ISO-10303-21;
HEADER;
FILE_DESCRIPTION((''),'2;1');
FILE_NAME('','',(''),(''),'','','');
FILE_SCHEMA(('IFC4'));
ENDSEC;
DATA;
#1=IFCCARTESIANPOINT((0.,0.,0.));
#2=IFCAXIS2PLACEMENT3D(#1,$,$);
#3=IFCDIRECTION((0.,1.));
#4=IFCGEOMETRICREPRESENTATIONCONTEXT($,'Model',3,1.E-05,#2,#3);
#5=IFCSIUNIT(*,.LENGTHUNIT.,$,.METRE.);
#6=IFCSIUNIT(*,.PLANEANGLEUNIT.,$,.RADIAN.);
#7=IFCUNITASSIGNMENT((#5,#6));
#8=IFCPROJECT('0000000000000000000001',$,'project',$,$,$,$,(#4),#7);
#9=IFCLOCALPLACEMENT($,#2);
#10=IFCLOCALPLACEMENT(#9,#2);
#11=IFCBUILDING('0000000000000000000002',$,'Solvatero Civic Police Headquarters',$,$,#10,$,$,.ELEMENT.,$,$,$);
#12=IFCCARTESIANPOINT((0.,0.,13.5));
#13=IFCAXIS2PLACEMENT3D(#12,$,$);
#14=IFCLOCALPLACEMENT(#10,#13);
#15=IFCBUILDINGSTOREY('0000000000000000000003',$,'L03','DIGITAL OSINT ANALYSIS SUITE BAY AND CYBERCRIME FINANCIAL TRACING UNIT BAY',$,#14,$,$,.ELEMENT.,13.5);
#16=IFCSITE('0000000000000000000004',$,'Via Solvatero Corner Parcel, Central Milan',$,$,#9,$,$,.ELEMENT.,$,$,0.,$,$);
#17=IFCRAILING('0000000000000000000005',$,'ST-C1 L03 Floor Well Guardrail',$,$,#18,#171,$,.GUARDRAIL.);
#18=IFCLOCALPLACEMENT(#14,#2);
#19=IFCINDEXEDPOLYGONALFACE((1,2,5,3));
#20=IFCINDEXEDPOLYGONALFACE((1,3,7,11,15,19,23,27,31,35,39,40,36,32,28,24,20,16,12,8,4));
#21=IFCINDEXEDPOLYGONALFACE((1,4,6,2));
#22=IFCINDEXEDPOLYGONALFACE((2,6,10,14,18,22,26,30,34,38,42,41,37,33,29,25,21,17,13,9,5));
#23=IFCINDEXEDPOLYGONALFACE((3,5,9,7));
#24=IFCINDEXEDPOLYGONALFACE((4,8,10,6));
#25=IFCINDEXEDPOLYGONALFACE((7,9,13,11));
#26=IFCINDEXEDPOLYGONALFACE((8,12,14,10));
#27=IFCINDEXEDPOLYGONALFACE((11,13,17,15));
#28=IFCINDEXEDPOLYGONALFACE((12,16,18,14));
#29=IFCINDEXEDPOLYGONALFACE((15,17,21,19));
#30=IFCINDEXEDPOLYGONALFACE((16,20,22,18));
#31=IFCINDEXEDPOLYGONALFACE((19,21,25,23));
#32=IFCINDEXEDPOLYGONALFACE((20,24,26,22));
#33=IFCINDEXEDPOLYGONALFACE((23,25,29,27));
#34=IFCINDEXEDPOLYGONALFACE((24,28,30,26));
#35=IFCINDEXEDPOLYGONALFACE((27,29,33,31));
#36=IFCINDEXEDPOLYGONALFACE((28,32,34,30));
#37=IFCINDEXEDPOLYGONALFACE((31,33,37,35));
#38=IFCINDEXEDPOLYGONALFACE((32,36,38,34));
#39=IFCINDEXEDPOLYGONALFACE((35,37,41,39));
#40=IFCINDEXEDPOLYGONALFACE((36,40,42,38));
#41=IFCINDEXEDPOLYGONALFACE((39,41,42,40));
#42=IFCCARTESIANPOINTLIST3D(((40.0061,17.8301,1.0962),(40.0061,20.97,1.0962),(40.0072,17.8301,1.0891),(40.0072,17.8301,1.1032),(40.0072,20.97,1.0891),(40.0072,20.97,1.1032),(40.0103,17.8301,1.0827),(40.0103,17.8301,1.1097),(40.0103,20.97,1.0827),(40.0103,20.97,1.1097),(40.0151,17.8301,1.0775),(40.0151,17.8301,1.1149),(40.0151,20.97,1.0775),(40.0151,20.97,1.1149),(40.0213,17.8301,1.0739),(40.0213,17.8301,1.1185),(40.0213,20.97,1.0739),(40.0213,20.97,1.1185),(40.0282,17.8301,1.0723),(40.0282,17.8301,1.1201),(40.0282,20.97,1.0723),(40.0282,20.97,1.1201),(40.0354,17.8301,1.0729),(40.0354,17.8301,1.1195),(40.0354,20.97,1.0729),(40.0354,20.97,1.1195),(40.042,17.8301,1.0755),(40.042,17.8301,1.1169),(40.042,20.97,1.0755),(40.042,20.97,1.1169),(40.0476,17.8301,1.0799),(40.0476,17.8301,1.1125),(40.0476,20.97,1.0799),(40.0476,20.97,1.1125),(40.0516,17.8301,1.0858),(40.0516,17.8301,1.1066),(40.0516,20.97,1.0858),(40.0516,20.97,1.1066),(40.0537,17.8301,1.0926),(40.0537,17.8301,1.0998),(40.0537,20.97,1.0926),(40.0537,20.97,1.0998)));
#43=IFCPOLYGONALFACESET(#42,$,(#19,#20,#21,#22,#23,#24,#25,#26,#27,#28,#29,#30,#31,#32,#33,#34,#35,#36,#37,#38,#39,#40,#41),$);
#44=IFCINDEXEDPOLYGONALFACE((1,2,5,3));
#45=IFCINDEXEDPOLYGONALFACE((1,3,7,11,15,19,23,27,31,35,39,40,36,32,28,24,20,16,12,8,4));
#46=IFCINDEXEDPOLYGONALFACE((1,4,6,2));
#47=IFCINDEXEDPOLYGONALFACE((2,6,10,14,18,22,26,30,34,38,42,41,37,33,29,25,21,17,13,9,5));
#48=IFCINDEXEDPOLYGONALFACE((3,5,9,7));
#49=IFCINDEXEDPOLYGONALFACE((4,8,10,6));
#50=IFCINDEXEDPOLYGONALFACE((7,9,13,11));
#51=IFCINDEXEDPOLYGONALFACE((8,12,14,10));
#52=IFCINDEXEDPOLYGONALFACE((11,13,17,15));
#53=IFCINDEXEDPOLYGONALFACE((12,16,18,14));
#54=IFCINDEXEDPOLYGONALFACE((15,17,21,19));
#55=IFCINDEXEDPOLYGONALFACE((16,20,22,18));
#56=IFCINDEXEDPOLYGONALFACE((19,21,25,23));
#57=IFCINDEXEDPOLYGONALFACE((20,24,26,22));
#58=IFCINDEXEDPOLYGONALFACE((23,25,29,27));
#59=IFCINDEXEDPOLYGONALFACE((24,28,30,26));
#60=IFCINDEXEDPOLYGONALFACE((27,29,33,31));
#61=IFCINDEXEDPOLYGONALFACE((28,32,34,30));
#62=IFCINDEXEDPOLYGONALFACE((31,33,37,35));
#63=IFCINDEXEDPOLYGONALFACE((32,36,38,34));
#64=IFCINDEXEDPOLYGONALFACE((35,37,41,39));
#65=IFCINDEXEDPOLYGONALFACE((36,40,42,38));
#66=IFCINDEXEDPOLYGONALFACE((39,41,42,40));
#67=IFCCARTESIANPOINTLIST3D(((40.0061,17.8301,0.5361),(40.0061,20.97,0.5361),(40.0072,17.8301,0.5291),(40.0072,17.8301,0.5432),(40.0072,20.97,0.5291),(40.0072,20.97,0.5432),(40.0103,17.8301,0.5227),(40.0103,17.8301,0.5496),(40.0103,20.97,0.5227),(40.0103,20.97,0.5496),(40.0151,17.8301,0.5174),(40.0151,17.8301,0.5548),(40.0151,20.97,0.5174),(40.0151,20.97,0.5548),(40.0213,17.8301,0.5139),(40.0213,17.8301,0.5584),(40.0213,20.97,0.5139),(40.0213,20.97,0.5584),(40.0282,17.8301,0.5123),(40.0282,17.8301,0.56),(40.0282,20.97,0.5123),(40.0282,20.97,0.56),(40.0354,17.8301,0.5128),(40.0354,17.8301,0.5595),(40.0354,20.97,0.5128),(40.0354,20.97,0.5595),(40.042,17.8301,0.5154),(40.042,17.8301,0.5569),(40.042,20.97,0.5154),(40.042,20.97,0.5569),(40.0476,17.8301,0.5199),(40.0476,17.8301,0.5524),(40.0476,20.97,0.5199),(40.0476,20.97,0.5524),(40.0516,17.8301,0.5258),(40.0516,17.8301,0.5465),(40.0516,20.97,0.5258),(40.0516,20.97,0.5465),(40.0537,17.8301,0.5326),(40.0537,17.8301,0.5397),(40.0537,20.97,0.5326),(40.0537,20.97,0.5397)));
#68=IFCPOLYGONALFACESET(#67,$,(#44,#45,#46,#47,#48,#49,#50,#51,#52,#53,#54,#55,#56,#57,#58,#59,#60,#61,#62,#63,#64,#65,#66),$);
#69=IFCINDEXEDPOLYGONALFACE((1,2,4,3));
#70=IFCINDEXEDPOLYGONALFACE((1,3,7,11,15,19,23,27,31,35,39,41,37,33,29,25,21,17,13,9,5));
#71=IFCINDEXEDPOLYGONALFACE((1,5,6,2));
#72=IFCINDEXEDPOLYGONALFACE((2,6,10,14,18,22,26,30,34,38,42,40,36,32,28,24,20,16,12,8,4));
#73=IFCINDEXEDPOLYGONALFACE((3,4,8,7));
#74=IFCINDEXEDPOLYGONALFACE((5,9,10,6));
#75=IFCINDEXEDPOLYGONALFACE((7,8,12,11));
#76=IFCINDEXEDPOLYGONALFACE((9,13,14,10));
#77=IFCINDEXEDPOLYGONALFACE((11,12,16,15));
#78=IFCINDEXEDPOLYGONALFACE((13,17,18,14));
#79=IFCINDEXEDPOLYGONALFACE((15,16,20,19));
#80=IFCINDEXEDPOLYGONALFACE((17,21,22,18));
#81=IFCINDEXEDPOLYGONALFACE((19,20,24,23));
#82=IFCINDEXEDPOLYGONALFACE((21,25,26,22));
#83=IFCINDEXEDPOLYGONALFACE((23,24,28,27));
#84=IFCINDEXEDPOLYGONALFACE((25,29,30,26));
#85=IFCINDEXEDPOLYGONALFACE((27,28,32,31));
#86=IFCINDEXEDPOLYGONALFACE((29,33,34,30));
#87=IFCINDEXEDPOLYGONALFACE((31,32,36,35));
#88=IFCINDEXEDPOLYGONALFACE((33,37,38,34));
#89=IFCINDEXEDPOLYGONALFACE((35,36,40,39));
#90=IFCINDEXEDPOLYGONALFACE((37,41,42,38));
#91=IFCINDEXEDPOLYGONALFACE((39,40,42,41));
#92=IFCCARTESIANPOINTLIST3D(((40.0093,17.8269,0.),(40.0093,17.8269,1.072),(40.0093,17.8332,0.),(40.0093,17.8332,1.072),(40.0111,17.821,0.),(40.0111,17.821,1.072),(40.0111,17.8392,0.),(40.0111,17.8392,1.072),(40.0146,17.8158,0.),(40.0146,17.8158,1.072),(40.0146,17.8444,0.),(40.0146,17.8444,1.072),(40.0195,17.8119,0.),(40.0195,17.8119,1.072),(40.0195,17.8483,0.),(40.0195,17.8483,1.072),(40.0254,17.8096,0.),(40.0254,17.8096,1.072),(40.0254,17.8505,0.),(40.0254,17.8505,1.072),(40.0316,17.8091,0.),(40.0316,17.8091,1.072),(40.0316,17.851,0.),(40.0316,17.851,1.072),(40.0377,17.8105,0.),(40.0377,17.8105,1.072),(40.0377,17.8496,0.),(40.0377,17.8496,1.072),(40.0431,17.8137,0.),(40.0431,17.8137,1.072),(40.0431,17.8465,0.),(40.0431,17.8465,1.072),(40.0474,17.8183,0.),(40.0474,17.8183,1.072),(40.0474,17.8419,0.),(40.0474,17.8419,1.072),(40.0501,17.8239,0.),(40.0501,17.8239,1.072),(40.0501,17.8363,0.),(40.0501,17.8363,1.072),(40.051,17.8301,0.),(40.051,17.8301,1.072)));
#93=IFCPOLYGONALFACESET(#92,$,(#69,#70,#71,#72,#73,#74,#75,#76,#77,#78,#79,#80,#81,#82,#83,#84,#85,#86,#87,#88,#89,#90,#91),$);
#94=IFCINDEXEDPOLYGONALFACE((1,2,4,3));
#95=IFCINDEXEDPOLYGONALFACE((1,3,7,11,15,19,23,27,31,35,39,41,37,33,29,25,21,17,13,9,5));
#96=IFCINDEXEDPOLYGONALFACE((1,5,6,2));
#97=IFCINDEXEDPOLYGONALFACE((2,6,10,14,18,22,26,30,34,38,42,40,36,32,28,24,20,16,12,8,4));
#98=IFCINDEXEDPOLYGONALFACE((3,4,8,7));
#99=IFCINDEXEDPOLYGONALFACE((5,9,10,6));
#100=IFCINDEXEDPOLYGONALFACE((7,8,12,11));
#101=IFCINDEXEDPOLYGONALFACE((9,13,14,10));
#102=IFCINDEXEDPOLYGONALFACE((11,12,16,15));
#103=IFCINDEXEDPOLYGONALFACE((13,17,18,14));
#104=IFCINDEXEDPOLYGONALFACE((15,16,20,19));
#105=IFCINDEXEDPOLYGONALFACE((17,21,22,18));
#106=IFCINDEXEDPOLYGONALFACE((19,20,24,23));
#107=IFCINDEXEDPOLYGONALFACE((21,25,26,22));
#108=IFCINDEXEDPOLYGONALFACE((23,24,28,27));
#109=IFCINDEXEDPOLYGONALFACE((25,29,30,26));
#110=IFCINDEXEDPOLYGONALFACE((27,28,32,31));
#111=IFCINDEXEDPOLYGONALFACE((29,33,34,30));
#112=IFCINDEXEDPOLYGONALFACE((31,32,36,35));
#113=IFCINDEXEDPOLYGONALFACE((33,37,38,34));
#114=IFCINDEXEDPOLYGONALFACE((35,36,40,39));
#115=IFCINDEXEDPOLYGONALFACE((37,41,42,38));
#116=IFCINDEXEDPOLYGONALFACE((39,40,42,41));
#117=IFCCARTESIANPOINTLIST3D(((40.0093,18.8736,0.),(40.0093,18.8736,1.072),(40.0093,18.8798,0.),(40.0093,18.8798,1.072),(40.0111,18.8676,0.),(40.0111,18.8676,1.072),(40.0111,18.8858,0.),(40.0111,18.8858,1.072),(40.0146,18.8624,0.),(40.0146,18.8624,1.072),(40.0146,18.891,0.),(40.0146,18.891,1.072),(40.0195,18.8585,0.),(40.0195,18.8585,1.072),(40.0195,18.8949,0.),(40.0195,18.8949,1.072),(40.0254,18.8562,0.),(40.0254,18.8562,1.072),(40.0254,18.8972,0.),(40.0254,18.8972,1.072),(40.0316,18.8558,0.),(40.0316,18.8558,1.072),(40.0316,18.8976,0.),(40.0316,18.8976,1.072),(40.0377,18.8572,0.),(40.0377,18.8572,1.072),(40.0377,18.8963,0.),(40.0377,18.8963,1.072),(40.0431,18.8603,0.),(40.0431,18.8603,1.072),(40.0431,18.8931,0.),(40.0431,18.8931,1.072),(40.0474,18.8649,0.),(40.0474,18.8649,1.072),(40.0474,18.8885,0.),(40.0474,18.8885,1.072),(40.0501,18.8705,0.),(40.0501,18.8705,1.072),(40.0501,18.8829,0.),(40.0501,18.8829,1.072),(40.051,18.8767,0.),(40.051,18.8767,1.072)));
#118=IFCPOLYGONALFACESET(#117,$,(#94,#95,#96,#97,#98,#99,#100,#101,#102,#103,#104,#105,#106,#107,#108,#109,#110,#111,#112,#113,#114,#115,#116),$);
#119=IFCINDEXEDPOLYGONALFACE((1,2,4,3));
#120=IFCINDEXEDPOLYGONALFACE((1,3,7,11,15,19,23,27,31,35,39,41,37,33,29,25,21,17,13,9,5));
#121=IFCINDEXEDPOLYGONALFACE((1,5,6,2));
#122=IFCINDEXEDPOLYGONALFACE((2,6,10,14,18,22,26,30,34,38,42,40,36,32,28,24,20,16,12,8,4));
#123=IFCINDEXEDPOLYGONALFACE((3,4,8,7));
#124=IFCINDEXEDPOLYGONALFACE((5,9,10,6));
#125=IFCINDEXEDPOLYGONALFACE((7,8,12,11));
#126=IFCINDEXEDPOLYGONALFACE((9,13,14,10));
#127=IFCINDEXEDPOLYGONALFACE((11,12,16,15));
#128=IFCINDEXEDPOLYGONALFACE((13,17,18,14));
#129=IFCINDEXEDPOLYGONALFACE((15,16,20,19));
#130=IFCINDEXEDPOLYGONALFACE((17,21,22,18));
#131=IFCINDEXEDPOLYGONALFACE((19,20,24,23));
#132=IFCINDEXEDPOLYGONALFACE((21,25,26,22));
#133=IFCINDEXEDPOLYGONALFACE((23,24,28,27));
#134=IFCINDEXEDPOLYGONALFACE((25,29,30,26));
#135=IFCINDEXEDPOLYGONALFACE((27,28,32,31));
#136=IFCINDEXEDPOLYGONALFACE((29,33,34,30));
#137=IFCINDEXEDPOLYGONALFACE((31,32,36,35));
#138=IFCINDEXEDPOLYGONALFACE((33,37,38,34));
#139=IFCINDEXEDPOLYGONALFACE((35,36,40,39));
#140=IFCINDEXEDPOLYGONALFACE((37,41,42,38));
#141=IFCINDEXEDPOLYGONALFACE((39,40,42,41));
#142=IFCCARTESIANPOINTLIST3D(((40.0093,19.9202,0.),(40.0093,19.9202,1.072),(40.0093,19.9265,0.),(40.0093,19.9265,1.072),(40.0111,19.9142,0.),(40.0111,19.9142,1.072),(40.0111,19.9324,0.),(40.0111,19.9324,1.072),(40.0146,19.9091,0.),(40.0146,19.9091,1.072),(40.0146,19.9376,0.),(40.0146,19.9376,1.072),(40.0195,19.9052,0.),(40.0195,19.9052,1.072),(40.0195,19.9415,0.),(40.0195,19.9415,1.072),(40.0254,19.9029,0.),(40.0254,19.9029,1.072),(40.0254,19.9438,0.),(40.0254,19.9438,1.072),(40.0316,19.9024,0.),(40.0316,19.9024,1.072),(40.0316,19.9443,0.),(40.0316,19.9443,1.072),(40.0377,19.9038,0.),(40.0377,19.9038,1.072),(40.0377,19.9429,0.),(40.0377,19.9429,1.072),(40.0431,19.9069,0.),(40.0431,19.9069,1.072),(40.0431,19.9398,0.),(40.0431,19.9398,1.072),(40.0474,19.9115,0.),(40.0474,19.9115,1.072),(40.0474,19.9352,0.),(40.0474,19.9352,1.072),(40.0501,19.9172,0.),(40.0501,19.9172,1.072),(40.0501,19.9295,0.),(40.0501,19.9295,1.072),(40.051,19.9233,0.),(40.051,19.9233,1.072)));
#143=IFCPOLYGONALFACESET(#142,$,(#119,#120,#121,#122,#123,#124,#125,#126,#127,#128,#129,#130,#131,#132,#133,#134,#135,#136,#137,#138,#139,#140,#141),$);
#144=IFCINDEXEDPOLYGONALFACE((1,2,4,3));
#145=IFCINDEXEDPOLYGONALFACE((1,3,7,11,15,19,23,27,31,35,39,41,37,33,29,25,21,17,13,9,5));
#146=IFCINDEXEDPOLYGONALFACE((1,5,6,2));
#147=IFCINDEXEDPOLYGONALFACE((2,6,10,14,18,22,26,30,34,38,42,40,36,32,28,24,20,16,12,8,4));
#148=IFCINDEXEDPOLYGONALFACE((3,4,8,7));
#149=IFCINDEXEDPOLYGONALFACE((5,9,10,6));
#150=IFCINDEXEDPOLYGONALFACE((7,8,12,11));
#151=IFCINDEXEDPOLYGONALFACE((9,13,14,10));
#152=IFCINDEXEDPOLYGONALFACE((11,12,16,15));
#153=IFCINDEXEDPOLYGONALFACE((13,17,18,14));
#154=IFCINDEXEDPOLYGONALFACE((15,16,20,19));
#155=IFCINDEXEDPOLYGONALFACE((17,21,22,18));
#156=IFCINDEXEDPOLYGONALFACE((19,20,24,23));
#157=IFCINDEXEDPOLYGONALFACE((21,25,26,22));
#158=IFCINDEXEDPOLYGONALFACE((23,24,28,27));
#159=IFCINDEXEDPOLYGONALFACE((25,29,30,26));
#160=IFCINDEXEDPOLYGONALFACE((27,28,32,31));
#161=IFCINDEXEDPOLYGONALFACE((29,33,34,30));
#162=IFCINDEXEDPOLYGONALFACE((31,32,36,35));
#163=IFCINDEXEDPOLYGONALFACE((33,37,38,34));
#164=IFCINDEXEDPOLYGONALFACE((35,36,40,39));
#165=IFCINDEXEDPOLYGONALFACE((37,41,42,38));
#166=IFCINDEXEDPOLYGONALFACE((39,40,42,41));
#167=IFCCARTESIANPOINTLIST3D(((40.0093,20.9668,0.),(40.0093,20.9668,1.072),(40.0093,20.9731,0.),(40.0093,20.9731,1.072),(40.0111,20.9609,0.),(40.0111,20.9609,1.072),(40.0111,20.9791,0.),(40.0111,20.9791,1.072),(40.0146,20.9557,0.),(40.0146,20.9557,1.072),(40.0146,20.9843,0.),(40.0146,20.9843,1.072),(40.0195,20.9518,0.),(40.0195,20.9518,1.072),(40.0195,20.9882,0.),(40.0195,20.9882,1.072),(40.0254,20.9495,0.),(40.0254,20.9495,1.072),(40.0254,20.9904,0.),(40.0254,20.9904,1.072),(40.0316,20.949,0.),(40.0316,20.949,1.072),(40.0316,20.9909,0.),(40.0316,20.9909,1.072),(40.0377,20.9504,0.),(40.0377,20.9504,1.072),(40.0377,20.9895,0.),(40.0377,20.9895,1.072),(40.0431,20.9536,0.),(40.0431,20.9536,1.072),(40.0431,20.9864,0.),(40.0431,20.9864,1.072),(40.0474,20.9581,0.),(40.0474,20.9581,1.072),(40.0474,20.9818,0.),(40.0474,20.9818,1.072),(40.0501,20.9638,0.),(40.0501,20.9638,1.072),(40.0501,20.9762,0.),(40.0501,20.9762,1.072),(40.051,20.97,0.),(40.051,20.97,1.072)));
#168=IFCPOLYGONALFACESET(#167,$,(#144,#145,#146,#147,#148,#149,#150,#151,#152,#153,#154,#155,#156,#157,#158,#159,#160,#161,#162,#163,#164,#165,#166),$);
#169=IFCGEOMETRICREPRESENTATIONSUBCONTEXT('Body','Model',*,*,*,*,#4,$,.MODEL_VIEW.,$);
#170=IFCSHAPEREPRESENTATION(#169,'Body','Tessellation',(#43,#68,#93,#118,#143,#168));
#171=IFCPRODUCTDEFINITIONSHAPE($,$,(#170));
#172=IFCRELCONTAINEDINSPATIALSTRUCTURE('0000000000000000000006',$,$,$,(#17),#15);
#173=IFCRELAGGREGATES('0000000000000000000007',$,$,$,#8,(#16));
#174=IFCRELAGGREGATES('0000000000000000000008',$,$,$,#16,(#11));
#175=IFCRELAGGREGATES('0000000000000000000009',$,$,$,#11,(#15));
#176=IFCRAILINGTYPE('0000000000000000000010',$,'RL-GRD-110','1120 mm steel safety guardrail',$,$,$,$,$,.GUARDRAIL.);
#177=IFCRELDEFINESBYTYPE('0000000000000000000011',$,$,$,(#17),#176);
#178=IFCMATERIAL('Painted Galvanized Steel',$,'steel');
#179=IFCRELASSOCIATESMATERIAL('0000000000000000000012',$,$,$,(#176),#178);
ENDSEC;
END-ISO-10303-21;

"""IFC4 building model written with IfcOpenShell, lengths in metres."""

from ifc_helpers import new_model, si_unit, direction, frame, origin, origin_2d, place, context, subcontext, project, spatial, circle, extrude, material, type_object, element, save


model = new_model("IFC4")

# Units and contexts
model_context = context("Model", 3, precision=1e-05, world=origin(), true_north=direction((0.0, 1.0)))
body_context = subcontext(model_context, "Body", "Model", "MODEL_VIEW")
ifc_project = project(units=[si_unit("LENGTHUNIT", "METRE"), si_unit("PLANEANGLEUNIT", "RADIAN")], contexts=[model_context])

# Site, building, storey
site_placement = place(None, origin())
site = spatial("IfcSite", under=ifc_project, at=site_placement, Name="Via Solvatero Corner Parcel, Central Milan", CompositionType="ELEMENT", RefElevation=0.0)
building_placement = place(site_placement, origin())
building = spatial("IfcBuilding", under=site, at=building_placement, Name="Solvatero Civic Police Headquarters", CompositionType="ELEMENT")
storey_placement = place(building_placement, frame((0.0, 0.0, 13.5)))
storey = spatial("IfcBuildingStorey", under=building, at=storey_placement, Name="L03", Description="DIGITAL OSINT ANALYSIS SUITE BAY AND CYBERCRIME FINANCIAL TRACING UNIT BAY", CompositionType="ELEMENT", Elevation=13.5)

# Railing
ifc_material_1 = material(Name="Painted Galvanized Steel", Category="steel")
railing_type_1 = type_object("IfcRailingType", Name="RL-GRD-110", Description="1120 mm steel safety guardrail", PredefinedType="GUARDRAIL", material=ifc_material_1)
railing_1_placement = place(storey_placement, frame((40.03, 17.8301, 0.0)))
element("IfcRailing", 1, at=railing_1_placement, inside=storey, type_object=railing_type_1, Name="ST-C1 L03 Floor Well Guardrail", PredefinedType="GUARDRAIL", context=body_context, shape_type="SweptSolid", body=[
    extrude(circle(Radius=0.0239, at=origin_2d()), frame((0.0, 0.0, 1.0962), z_axis=(0.0, 1.0, 0.0), x_axis=(-1.0, 0.0, 0.0)), (0.0, 0.0, 1.0), 3.1399),
    extrude(circle(Radius=0.0239, at=origin_2d()), frame((0.0, 0.0, 0.5361), z_axis=(0.0, 1.0, 0.0), x_axis=(-1.0, 0.0, 0.0)), (0.0, 0.0, 1.0), 3.1399),
    extrude(circle(Radius=0.021, at=origin_2d()), origin(), (0.0, 0.0, 1.0), 1.072),
    extrude(circle(Radius=0.021, at=origin_2d()), frame((0.0, 1.0466, 0.0)), (0.0, 0.0, 1.0), 1.072),
    extrude(circle(Radius=0.021, at=origin_2d()), frame((0.0, 2.0933, 0.0)), (0.0, 0.0, 1.0), 1.072),
    extrude(circle(Radius=0.021, at=origin_2d()), frame((0.0, 3.1399, 0.0)), (0.0, 0.0, 1.0), 1.072),
])

save(model, "model.ifc")
